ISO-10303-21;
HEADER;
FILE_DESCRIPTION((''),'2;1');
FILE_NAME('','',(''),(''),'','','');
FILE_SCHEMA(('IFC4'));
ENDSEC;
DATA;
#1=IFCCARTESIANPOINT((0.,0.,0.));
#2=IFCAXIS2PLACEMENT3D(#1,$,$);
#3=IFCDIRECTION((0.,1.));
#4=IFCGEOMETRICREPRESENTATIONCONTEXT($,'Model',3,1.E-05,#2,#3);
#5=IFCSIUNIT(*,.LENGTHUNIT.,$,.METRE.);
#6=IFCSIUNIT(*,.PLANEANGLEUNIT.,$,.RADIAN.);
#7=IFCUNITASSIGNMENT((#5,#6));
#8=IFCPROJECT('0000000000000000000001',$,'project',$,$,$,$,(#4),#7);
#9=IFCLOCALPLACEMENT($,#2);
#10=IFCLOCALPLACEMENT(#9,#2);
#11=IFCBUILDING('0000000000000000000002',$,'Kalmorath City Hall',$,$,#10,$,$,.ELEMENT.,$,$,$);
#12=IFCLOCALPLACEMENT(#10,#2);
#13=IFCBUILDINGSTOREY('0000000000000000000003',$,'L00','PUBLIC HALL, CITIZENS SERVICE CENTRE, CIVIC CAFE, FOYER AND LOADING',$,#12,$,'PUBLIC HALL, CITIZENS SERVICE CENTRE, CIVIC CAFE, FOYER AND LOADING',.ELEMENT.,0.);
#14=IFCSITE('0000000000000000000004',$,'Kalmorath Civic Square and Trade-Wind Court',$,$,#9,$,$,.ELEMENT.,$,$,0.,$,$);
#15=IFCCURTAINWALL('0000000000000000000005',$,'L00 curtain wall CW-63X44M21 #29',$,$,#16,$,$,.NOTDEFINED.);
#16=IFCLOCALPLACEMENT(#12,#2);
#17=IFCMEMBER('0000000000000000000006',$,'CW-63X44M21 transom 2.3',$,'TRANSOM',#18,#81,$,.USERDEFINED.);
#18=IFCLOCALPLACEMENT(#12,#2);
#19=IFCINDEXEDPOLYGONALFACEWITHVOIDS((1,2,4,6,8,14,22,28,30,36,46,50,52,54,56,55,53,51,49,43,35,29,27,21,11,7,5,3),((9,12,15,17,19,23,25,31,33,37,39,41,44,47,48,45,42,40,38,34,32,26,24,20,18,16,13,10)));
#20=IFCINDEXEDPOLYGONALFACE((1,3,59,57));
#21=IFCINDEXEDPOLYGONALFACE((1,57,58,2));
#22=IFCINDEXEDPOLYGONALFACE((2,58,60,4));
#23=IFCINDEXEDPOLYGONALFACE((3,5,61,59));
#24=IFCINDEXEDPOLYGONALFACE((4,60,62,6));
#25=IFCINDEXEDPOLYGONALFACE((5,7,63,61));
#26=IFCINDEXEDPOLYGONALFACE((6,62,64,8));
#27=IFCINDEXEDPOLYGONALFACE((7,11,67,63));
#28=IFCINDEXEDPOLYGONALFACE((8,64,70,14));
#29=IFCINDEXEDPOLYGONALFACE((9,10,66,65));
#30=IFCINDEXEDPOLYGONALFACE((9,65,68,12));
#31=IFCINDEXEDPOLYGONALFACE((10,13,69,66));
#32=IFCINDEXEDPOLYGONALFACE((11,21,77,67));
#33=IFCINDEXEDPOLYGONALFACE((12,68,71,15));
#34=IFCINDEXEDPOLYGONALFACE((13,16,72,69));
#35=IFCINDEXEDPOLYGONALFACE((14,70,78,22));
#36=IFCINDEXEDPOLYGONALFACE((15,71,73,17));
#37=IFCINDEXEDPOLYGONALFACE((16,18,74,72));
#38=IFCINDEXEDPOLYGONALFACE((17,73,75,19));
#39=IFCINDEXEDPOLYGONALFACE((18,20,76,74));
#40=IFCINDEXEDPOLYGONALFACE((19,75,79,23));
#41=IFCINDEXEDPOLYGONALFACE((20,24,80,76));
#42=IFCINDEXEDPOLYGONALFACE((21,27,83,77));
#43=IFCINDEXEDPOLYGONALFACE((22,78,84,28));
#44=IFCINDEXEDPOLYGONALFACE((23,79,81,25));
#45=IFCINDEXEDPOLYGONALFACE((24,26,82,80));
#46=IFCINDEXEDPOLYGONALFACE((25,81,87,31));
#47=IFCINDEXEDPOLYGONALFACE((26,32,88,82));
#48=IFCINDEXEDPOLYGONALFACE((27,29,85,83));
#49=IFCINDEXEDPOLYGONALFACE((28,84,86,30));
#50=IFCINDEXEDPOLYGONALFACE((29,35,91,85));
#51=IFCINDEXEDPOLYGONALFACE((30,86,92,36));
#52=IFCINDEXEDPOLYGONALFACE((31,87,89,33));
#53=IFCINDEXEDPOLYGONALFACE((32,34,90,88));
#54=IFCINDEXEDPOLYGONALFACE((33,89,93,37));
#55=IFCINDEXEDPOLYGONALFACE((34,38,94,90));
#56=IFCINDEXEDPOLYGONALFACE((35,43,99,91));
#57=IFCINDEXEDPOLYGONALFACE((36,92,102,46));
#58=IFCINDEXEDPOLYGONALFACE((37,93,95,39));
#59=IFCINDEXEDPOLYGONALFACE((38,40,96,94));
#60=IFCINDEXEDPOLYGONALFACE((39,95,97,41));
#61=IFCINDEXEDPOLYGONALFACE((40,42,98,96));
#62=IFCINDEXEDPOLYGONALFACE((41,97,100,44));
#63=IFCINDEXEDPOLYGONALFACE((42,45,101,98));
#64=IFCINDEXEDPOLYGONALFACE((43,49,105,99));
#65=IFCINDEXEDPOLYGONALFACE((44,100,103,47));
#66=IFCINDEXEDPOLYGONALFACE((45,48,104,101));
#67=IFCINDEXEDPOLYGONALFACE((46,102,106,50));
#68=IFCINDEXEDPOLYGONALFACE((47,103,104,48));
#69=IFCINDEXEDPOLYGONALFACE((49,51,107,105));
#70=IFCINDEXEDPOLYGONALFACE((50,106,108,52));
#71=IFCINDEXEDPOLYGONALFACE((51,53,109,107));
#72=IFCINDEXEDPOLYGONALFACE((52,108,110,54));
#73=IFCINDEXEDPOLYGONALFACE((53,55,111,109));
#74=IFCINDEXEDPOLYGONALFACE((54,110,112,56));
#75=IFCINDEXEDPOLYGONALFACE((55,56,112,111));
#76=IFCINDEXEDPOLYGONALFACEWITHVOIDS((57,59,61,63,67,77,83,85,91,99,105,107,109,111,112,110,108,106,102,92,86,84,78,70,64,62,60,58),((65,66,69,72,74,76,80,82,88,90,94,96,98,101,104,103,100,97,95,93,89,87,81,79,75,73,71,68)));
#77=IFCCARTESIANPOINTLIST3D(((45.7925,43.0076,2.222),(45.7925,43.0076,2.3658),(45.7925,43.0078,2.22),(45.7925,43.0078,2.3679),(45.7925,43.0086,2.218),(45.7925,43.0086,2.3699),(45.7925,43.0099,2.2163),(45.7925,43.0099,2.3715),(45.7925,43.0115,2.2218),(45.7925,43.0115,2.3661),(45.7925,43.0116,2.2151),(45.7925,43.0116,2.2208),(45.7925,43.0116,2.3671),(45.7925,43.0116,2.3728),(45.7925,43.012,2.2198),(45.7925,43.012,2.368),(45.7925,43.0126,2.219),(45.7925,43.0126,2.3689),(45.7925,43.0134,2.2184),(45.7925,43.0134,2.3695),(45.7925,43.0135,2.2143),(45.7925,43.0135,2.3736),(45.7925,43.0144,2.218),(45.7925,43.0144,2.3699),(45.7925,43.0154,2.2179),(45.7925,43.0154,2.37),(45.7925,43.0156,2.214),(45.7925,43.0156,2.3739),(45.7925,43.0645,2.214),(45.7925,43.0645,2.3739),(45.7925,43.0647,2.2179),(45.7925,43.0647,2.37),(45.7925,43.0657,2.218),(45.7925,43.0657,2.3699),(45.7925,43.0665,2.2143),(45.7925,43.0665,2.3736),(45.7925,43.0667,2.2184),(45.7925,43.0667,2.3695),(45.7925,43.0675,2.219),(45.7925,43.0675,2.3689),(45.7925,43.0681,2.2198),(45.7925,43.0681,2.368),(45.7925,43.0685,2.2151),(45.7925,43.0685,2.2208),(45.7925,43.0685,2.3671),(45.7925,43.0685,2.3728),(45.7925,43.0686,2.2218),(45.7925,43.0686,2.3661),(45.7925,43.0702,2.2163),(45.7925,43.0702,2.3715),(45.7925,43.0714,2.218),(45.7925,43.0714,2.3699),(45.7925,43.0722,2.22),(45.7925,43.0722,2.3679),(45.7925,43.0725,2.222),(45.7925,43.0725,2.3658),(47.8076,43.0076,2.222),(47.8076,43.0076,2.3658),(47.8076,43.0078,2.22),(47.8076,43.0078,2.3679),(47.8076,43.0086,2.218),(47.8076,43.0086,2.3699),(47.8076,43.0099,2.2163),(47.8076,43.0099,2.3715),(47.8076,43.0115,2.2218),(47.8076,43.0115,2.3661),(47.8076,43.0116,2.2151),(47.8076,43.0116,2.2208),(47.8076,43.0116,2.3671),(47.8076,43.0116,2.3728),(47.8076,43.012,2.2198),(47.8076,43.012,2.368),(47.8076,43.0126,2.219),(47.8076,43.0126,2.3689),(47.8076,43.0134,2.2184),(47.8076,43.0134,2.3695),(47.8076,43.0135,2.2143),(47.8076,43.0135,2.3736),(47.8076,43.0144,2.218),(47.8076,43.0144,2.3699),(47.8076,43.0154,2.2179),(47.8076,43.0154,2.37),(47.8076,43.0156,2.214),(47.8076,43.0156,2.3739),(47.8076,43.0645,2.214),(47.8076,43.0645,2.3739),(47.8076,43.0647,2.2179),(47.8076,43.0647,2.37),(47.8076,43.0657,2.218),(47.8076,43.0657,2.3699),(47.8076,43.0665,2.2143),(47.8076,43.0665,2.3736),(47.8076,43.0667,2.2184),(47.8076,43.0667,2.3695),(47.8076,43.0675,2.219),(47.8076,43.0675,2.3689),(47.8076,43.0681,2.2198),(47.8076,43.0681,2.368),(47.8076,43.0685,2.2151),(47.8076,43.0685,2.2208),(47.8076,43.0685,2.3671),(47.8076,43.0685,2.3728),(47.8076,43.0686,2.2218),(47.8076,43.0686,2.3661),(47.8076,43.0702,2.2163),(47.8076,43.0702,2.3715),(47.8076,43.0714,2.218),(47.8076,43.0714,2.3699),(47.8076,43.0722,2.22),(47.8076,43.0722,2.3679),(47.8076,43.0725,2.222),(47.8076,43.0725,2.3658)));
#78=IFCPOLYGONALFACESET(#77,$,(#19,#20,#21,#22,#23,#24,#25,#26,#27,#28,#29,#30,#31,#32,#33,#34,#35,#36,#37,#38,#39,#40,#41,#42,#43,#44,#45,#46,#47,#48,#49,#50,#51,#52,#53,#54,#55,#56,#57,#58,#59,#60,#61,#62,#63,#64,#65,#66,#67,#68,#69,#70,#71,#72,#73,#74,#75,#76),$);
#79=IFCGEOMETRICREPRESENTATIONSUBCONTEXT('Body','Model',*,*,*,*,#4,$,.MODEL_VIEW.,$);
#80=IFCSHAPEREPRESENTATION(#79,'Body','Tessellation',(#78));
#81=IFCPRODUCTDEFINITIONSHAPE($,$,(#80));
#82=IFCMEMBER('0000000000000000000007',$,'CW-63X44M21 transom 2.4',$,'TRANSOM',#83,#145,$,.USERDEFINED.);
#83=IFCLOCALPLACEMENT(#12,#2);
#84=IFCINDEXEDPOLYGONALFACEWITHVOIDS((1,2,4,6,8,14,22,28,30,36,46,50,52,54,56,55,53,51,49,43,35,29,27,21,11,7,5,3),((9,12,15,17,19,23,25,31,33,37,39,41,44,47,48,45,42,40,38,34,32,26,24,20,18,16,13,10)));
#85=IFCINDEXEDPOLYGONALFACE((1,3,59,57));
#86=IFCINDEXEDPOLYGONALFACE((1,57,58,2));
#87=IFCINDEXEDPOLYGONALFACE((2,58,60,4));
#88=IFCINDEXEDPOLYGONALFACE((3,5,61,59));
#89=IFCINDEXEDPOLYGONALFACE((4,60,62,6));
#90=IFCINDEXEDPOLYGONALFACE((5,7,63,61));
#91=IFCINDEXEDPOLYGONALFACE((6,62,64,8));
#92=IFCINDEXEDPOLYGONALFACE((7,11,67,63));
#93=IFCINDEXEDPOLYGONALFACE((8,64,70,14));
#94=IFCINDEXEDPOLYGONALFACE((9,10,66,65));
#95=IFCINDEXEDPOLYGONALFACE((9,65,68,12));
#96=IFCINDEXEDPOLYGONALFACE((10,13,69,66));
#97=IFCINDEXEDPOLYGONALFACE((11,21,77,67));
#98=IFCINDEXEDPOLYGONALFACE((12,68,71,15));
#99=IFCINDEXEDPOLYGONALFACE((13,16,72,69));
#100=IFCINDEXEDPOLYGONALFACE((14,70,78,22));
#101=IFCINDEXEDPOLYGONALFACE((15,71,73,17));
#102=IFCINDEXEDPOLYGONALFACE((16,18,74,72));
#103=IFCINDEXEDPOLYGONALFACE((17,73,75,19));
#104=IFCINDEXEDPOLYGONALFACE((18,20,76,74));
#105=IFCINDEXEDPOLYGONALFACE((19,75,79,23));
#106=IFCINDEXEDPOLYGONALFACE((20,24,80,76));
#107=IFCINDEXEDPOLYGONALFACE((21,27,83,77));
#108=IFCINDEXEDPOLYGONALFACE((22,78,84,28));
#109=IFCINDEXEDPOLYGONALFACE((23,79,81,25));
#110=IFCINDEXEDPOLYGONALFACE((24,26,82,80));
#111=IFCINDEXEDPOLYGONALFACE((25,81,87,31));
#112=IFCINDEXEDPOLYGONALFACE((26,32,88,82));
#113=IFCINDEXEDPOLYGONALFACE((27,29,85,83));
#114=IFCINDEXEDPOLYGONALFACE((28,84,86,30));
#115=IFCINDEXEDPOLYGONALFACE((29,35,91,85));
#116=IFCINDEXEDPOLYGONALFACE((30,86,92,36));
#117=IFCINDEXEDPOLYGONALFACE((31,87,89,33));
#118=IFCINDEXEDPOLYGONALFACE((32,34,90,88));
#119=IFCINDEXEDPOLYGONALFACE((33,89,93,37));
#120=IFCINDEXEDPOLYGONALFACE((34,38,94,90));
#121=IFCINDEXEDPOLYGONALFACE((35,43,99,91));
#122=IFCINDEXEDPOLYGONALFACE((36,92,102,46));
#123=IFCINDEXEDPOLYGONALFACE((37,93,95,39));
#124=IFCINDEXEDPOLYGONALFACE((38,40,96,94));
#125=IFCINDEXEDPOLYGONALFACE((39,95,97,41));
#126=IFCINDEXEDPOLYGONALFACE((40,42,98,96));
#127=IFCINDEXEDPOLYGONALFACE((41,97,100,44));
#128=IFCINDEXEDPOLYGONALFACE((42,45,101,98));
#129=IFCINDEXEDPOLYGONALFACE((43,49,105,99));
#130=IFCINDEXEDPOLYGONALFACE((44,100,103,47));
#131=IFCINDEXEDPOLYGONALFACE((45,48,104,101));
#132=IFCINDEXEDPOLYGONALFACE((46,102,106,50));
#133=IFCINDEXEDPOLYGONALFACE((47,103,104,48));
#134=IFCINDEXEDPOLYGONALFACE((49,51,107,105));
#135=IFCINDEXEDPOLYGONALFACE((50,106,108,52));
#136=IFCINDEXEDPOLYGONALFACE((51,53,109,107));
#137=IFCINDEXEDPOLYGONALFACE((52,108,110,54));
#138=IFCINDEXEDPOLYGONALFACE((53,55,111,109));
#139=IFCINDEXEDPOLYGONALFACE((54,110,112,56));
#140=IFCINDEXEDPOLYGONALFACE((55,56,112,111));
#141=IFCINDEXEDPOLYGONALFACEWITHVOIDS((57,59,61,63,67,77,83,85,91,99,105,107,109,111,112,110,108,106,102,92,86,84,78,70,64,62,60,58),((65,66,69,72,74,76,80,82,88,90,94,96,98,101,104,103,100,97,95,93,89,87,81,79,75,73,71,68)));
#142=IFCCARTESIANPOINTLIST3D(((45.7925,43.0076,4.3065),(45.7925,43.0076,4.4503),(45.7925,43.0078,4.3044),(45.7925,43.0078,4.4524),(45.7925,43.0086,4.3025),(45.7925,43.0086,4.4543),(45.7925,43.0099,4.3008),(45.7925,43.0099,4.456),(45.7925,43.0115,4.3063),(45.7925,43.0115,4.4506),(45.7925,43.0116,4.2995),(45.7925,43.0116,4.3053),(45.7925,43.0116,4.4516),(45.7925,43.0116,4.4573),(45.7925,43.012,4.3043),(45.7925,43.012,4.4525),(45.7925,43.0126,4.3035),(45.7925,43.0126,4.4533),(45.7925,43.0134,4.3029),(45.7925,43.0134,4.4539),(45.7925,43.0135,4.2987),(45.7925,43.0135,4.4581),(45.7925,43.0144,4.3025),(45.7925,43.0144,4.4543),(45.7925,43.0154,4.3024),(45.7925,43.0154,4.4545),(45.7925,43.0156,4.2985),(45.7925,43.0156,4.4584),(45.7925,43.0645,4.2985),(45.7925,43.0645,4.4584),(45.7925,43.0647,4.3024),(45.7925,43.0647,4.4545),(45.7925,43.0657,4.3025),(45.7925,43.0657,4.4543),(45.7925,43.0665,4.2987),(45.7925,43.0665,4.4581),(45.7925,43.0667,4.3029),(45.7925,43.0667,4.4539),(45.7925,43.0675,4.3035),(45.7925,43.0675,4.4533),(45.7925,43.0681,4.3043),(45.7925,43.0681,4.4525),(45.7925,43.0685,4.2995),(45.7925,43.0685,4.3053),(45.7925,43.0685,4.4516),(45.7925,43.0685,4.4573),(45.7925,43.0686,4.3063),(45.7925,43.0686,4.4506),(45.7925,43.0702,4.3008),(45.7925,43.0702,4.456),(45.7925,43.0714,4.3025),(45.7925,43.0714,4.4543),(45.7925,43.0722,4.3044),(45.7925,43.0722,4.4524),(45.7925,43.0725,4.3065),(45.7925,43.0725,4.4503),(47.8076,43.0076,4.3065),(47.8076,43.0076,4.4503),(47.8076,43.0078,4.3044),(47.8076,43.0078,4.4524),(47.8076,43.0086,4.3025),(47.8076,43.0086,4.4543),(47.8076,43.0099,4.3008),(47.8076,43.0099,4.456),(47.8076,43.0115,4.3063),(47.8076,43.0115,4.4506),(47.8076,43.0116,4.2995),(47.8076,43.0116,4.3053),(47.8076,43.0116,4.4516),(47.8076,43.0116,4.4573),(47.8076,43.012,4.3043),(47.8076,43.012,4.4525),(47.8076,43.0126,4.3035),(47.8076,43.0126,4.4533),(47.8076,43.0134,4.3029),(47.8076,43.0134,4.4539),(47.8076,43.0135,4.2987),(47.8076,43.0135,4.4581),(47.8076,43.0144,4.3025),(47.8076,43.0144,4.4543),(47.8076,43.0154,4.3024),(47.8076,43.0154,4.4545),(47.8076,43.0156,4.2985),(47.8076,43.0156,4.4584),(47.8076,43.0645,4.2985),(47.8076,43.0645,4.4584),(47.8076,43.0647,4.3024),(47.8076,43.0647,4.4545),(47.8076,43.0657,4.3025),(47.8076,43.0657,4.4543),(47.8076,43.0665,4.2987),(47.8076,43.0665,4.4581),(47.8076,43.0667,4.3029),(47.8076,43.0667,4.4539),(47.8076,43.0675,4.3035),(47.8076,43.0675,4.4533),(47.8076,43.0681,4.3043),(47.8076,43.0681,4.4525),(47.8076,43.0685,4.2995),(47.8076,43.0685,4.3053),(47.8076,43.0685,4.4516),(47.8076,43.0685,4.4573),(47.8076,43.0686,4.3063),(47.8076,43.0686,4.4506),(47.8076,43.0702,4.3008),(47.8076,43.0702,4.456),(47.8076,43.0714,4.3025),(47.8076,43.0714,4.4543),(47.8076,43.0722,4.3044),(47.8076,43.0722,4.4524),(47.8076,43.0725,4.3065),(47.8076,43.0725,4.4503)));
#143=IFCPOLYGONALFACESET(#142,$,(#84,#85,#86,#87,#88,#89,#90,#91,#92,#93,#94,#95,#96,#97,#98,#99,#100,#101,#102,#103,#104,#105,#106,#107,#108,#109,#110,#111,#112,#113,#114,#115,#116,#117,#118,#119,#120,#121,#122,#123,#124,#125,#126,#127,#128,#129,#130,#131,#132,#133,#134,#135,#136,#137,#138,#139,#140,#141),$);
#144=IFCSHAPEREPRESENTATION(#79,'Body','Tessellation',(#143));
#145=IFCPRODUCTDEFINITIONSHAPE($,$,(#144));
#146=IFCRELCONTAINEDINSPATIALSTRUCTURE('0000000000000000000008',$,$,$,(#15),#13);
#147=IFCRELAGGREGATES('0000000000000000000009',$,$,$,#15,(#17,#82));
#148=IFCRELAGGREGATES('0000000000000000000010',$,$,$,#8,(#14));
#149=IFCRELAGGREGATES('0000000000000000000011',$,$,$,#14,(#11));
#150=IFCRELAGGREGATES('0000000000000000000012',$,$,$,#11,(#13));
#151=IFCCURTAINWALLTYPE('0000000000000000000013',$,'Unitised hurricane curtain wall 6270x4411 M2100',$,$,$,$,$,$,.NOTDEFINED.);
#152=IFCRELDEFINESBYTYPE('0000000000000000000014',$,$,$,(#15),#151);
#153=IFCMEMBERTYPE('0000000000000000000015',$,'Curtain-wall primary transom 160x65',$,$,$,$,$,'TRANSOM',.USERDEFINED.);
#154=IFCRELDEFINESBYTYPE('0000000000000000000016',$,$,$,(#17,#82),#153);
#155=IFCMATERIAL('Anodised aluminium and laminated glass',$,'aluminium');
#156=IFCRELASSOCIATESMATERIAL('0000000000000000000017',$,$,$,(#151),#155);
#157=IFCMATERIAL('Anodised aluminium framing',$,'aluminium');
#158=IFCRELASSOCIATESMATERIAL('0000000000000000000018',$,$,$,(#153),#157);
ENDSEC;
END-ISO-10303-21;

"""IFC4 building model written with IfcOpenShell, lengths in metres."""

from ifc_helpers import new_model, si_unit, direction, frame, origin, origin_2d, place, context, subcontext, project, spatial, hollow_rectangle, extrude, material, material_profile, profile_set, type_object, element, aggregate, save


model = new_model("IFC4")

# Units and contexts
model_context = context("Model", 3, precision=1e-05, world=origin(), true_north=direction((0.0, 1.0)))
body_context = subcontext(model_context, "Body", "Model", "MODEL_VIEW")
ifc_project = project(units=[si_unit("LENGTHUNIT", "METRE"), si_unit("PLANEANGLEUNIT", "RADIAN")], contexts=[model_context])

# Site, building, storey
site_placement = place(None, origin())
site = spatial("IfcSite", under=ifc_project, at=site_placement, Name="Kalmorath Civic Square and Trade-Wind Court", CompositionType="ELEMENT", RefElevation=0.0)
building_placement = place(site_placement, origin())
building = spatial("IfcBuilding", under=site, at=building_placement, Name="Kalmorath City Hall", CompositionType="ELEMENT")
storey_placement = place(building_placement, origin())
storey = spatial("IfcBuildingStorey", under=building, at=storey_placement, Name="L00", Description="PUBLIC HALL, CITIZENS SERVICE CENTRE, CIVIC CAFE, FOYER AND LOADING", LongName="PUBLIC HALL, CITIZENS SERVICE CENTRE, CIVIC CAFE, FOYER AND LOADING", CompositionType="ELEMENT", Elevation=0.0)

# Curtain wall
ifc_material_1 = material(Name="Anodised aluminium and laminated glass", Category="aluminium")
curtain_wall_type_1 = type_object("IfcCurtainWallType", Name="Unitised hurricane curtain wall 6270x4411 M2100", PredefinedType="NOTDEFINED", material=ifc_material_1)
curtain_wall_1_placement = place(storey_placement, origin())
curtain_wall_1 = element("IfcCurtainWall", 1, at=curtain_wall_1_placement, inside=storey, type_object=curtain_wall_type_1, Name="L00 curtain wall CW-63X44M21 #29", PredefinedType="NOTDEFINED")

# Members
ifc_material_2 = material(Name="Anodised aluminium framing", Category="aluminium")
ifc_material_profile_1 = material_profile(ifc_material_2, hollow_rectangle(XDim=0.0649, YDim=0.1599, WallThickness=0.0039, InnerFilletRadius=0.0039, OuterFilletRadius=0.0081, at=origin_2d()), Name="ALU-TRN-160X65X4")
ifc_profile_set_1 = profile_set([ifc_material_profile_1], Name="Anodised aluminium framing")
member_type_1 = type_object("IfcMemberType", Name="Curtain-wall primary transom 160x65", ElementType="TRANSOM", PredefinedType="USERDEFINED", material=ifc_profile_set_1)
member_1_placement = place(storey_placement, frame((45.7925, 43.04, 2.2939), z_axis=(1.0, 0.0, 0.0), x_axis=(0.0, 1.0, 0.0)))
member_1 = element("IfcMember", 2, at=member_1_placement, type_object=member_type_1, Name="CW-63X44M21 transom 2.3", ObjectType="TRANSOM", PredefinedType="USERDEFINED", context=body_context, shape_type="SweptSolid", body=[
    extrude(hollow_rectangle(XDim=0.0649, YDim=0.1599, WallThickness=0.0039, InnerFilletRadius=0.0039, OuterFilletRadius=0.0081, at=origin_2d()), origin(), (0.0, 0.0, 1.0), 2.0151),
])
member_2_placement = place(storey_placement, frame((45.7925, 43.04, 4.3784), z_axis=(1.0, 0.0, 0.0), x_axis=(0.0, 1.0, 0.0)))
member_2 = element("IfcMember", 3, at=member_2_placement, type_object=member_type_1, Name="CW-63X44M21 transom 2.4", ObjectType="TRANSOM", PredefinedType="USERDEFINED", context=body_context, shape_type="SweptSolid", body=[
    extrude(hollow_rectangle(XDim=0.0649, YDim=0.1599, WallThickness=0.0039, InnerFilletRadius=0.0039, OuterFilletRadius=0.0081, at=origin_2d()), origin(), (0.0, 0.0, 1.0), 2.0151),
])

aggregate(curtain_wall_1, [member_1, member_2])

save(model, "model.ifc")
